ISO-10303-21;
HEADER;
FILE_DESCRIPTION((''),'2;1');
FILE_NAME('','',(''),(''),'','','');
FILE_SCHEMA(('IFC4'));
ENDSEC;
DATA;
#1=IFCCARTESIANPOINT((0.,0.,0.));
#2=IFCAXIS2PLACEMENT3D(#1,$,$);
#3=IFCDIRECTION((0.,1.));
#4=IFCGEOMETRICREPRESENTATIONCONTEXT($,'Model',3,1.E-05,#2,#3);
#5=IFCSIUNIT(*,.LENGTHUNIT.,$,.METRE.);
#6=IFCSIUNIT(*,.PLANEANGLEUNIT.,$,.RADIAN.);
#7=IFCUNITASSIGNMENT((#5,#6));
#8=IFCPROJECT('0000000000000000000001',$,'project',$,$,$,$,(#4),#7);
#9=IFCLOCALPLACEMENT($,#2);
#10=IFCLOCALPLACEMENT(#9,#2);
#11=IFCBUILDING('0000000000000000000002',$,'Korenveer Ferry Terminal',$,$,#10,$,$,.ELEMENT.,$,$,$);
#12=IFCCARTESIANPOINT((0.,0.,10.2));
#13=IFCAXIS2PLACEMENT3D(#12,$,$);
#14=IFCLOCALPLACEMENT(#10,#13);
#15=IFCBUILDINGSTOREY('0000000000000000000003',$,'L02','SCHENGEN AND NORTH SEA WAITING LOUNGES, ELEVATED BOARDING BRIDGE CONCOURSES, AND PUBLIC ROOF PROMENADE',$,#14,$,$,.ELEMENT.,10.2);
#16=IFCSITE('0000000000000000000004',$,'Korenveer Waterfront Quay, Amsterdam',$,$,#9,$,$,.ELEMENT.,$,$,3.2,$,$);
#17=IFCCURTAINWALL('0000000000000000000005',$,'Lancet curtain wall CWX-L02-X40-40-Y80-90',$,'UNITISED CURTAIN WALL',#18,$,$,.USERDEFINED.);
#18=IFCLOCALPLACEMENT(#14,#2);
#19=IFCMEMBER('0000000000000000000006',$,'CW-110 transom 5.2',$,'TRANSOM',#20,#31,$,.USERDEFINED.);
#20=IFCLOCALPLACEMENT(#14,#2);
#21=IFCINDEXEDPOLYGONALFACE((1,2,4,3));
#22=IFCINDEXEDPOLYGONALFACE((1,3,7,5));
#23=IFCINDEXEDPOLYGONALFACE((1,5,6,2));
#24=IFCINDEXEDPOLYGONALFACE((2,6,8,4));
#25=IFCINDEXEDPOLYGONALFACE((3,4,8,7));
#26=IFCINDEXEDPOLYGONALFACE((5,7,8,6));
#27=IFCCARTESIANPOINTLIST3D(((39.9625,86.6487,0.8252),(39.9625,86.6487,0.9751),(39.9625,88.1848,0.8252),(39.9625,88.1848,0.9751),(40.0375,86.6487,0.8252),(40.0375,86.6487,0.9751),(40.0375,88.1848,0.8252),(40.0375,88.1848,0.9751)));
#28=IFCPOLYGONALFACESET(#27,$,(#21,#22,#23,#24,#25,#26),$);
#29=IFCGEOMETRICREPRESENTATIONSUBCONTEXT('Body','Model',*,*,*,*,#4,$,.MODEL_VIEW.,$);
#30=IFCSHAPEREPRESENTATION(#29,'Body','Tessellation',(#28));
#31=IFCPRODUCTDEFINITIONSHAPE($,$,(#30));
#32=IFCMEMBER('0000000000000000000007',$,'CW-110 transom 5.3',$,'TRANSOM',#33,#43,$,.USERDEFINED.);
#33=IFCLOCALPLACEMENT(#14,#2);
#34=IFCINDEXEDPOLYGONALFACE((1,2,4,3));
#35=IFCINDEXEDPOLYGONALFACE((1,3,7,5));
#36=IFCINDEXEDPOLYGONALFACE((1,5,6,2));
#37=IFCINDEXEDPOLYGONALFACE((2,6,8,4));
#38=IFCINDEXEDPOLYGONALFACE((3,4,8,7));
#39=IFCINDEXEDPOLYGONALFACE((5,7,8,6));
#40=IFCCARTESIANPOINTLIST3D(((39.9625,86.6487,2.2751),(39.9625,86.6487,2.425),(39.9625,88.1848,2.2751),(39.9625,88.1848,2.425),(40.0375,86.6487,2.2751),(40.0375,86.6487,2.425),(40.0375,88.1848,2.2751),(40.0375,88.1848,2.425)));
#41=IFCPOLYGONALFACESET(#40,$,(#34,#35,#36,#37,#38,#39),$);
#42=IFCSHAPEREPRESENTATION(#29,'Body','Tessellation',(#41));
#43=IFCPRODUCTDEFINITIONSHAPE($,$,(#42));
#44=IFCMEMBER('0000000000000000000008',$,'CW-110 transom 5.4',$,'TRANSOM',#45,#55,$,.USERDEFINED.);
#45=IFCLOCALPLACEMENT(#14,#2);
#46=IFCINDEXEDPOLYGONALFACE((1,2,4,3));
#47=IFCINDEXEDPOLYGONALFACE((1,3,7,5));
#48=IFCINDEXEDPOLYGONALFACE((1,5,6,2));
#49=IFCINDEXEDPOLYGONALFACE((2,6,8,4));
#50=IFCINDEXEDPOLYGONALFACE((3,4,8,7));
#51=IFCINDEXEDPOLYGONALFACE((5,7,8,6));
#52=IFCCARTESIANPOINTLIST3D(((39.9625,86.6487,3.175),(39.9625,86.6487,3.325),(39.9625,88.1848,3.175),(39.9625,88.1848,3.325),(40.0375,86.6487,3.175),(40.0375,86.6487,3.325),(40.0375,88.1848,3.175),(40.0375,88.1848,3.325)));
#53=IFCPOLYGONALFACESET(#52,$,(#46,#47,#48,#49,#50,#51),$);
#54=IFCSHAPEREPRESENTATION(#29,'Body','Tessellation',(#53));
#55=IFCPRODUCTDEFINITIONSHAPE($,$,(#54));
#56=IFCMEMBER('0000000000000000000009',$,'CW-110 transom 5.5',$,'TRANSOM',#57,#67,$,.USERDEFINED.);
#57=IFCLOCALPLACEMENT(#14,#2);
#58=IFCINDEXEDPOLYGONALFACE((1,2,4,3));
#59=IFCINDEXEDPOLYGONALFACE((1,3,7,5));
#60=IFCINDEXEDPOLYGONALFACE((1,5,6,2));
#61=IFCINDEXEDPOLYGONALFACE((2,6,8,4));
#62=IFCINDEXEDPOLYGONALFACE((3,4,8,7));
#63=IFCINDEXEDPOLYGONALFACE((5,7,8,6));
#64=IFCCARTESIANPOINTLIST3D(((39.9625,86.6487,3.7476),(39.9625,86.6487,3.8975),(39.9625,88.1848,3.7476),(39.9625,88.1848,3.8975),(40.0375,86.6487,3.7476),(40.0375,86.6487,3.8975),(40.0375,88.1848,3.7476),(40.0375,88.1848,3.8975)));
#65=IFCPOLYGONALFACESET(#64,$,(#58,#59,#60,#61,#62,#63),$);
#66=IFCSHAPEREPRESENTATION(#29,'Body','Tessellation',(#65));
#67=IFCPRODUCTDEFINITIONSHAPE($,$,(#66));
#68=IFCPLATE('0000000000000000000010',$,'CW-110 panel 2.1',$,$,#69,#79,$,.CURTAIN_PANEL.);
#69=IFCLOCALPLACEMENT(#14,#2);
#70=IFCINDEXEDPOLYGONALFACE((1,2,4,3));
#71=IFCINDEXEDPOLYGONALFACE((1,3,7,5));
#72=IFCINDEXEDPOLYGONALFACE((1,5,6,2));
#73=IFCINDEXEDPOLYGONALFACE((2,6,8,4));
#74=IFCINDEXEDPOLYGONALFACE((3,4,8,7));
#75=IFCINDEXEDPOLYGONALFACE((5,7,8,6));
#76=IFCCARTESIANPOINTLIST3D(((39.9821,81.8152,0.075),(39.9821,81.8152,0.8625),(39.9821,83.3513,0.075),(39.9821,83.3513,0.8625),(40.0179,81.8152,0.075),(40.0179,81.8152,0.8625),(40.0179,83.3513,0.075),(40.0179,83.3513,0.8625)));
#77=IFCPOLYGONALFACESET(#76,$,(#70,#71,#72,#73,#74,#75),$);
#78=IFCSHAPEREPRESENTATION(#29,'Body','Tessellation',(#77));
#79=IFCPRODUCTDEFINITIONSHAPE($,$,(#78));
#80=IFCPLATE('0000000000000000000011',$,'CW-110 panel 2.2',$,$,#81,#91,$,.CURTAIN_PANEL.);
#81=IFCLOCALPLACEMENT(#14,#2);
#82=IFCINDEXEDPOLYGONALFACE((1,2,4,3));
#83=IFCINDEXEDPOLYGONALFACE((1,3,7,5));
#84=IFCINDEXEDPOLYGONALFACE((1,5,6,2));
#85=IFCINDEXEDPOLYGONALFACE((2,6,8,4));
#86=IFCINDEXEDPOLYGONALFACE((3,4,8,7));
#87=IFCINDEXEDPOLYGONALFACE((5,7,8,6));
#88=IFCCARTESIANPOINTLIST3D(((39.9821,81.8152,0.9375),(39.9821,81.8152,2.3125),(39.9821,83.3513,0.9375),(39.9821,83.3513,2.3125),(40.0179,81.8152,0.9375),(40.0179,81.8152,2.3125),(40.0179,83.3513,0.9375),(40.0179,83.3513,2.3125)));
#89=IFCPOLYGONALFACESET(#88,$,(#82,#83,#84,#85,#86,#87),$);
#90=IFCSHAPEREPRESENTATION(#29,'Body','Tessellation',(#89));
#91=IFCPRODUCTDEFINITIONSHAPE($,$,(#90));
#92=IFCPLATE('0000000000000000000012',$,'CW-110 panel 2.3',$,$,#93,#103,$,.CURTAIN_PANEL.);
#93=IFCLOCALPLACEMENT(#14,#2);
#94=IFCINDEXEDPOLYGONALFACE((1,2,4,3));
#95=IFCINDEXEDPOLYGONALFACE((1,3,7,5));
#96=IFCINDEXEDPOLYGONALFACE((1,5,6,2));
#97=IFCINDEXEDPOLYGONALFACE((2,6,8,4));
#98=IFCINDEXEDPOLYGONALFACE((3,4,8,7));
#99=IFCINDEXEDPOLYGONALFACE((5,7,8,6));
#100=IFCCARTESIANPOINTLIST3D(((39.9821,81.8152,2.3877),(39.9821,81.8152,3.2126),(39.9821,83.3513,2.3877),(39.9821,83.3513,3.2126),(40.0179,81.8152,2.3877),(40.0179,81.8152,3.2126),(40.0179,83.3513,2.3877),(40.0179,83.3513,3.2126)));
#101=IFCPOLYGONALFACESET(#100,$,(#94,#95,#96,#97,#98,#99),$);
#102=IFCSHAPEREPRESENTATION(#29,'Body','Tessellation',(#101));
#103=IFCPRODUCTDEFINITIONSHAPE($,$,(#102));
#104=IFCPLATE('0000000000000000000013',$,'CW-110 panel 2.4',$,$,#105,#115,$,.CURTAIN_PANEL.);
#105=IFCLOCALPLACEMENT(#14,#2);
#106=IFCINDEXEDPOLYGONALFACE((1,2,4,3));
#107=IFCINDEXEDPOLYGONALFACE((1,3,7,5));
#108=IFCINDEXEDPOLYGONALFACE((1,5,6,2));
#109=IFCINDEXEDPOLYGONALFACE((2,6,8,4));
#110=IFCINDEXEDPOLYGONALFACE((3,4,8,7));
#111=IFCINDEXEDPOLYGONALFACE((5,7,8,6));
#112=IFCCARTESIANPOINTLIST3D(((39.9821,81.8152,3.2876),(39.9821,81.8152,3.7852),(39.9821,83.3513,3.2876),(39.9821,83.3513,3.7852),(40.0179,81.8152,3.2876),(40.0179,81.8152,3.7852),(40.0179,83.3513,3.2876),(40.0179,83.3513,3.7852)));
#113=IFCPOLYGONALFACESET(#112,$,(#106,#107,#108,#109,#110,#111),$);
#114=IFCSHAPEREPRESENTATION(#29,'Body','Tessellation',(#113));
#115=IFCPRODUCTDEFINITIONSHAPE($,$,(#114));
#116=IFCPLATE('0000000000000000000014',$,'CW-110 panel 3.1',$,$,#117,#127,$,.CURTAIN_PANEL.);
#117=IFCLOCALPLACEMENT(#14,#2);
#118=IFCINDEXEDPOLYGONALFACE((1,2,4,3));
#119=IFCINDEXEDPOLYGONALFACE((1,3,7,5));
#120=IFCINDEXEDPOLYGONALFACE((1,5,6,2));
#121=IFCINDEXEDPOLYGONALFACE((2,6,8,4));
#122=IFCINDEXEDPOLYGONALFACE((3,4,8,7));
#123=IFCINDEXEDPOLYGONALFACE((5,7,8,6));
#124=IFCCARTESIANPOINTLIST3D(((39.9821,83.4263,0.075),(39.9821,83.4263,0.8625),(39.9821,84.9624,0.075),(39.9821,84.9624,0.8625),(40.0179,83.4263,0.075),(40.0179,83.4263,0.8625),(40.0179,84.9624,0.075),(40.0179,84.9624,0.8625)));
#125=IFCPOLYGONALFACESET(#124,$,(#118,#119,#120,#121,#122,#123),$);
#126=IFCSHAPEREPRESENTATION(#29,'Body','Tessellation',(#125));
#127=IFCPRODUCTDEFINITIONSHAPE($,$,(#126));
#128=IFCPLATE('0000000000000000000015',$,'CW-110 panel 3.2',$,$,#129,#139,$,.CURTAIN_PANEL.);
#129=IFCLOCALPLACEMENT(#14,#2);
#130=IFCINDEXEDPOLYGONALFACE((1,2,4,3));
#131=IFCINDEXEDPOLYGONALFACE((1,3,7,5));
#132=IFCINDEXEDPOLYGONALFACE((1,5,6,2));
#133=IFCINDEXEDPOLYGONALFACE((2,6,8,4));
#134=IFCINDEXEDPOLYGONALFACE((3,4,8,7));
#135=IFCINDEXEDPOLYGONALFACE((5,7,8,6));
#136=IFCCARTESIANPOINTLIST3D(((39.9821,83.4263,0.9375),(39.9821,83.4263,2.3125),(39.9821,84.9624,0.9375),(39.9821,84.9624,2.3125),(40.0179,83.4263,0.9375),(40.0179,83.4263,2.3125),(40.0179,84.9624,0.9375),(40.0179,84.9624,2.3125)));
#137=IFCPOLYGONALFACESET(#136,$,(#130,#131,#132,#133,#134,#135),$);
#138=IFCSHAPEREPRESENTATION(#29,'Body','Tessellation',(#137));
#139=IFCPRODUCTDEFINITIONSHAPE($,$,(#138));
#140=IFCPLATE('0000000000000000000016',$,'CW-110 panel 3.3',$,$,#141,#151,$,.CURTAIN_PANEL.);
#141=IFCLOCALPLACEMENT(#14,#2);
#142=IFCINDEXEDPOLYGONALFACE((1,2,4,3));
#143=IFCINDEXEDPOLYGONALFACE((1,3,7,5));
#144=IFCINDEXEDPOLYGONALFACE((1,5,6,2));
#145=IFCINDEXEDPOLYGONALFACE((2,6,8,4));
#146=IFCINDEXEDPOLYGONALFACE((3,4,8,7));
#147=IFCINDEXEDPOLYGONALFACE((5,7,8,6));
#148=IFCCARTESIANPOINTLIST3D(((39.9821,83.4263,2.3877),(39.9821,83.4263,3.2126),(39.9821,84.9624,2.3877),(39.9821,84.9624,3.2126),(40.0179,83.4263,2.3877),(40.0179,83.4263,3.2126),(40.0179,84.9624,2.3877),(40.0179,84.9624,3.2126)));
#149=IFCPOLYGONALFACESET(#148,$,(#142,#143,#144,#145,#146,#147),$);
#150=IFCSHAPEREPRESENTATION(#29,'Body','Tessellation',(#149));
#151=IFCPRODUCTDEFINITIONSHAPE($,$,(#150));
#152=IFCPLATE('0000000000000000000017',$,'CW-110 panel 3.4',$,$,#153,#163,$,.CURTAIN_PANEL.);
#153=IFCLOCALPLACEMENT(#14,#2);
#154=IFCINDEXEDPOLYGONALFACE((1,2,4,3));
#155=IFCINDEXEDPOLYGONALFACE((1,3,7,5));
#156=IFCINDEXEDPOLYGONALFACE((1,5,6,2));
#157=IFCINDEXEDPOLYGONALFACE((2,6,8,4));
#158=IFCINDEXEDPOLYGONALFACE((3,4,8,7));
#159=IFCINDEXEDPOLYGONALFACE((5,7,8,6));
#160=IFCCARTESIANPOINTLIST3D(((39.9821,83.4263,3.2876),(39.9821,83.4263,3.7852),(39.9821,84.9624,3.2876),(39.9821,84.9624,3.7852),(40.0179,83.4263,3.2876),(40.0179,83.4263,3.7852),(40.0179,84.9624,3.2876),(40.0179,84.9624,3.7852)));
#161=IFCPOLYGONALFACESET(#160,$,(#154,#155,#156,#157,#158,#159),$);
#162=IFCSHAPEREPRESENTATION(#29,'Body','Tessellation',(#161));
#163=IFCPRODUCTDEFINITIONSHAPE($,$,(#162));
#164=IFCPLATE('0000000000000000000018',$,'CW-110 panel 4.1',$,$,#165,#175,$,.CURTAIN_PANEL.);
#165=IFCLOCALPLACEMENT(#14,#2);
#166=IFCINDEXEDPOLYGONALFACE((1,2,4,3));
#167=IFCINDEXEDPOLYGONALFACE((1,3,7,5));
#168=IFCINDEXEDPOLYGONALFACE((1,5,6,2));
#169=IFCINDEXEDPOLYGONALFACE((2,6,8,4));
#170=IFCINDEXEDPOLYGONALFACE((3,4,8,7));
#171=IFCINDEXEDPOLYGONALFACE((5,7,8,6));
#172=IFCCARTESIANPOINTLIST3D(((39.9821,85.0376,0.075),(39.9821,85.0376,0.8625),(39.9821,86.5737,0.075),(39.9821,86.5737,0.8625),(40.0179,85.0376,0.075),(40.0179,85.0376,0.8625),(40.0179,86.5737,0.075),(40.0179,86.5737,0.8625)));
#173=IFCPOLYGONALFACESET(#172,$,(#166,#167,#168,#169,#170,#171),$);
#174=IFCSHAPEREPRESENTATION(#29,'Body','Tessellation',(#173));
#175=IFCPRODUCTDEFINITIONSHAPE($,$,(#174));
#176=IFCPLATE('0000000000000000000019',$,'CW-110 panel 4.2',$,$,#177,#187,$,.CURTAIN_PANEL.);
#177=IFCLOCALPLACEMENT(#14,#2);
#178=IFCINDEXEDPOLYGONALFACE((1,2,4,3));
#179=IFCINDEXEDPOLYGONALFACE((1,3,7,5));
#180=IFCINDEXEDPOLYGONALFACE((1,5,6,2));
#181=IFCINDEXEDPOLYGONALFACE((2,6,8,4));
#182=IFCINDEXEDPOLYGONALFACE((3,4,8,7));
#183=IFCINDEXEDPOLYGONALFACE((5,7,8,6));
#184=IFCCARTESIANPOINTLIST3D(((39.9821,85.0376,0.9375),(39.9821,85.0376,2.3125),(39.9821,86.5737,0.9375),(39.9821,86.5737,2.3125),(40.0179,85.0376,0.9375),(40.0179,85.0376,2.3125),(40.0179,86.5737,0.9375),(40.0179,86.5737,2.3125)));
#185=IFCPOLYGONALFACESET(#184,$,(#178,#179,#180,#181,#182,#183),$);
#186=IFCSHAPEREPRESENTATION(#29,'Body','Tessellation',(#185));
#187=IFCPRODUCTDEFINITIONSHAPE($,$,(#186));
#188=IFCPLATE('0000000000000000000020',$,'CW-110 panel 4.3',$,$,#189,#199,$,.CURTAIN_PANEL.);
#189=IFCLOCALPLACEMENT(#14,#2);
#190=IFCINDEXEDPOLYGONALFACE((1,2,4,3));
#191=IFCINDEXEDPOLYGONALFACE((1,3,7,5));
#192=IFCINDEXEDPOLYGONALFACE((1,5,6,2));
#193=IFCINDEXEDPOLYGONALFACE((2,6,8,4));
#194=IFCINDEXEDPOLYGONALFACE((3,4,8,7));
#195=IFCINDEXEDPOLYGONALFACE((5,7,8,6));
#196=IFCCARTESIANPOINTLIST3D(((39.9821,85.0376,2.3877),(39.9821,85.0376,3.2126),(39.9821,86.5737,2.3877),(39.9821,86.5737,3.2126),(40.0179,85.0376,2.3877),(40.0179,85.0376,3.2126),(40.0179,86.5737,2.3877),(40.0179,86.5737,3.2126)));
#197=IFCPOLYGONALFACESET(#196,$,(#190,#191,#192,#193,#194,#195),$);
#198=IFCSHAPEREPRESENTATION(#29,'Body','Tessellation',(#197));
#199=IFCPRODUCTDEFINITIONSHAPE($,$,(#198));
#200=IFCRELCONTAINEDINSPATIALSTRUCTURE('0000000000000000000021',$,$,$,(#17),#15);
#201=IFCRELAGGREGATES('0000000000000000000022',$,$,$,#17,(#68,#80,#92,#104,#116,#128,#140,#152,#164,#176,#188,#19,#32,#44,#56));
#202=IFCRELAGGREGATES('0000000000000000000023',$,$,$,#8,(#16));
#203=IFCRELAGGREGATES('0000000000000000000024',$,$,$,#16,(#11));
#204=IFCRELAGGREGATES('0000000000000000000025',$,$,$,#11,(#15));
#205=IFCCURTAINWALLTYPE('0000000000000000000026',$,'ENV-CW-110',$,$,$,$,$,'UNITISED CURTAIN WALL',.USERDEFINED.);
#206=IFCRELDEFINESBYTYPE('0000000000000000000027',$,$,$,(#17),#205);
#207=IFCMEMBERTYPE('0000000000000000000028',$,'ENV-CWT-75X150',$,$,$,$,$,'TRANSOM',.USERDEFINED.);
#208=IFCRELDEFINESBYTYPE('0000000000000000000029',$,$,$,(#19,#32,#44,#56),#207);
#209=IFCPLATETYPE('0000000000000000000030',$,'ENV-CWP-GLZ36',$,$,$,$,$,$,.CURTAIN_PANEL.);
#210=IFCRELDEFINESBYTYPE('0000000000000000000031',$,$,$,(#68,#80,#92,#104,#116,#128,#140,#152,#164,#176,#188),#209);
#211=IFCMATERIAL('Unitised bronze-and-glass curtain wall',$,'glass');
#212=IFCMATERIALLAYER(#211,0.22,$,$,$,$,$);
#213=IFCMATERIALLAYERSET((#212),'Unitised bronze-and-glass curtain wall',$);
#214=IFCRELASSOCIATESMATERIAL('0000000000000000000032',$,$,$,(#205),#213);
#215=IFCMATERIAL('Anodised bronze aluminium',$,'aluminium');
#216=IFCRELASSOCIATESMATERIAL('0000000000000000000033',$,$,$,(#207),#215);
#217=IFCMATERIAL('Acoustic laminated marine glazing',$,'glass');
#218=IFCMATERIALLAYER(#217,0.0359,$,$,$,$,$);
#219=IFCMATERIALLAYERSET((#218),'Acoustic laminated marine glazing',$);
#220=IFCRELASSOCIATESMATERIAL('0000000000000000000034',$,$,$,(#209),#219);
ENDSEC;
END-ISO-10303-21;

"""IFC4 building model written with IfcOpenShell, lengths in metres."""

from ifc_helpers import new_model, si_unit, direction, frame, origin, origin_2d, place, context, subcontext, project, spatial, rectangle, extrude, material, layer, layer_set, material_profile, profile_set, type_object, element, aggregate, save


model = new_model("IFC4")

# Units and contexts
model_context = context("Model", 3, precision=1e-05, world=origin(), true_north=direction((0.0, 1.0)))
body_context = subcontext(model_context, "Body", "Model", "MODEL_VIEW")
ifc_project = project(units=[si_unit("LENGTHUNIT", "METRE"), si_unit("PLANEANGLEUNIT", "RADIAN")], contexts=[model_context])

# Site, building, storey
site_placement = place(None, origin())
site = spatial("IfcSite", under=ifc_project, at=site_placement, Name="Korenveer Waterfront Quay, Amsterdam", CompositionType="ELEMENT", RefElevation=3.2)
building_placement = place(site_placement, origin())
building = spatial("IfcBuilding", under=site, at=building_placement, Name="Korenveer Ferry Terminal", CompositionType="ELEMENT")
storey_placement = place(building_placement, frame((0.0, 0.0, 10.2)))
storey = spatial("IfcBuildingStorey", under=building, at=storey_placement, Name="L02", Description="SCHENGEN AND NORTH SEA WAITING LOUNGES, ELEVATED BOARDING BRIDGE CONCOURSES, AND PUBLIC ROOF PROMENADE", CompositionType="ELEMENT", Elevation=10.2)

# Curtain wall, members, plates
ifc_material_1 = material(Name="Unitised bronze-and-glass curtain wall", Category="glass")
ifc_layer_1 = layer(ifc_material_1, 0.22)
ifc_layer_set_1 = layer_set([ifc_layer_1], Name="Unitised bronze-and-glass curtain wall")
curtain_wall_type = type_object("IfcCurtainWallType", Name="ENV-CW-110", ElementType="UNITISED CURTAIN WALL", PredefinedType="USERDEFINED", material=ifc_layer_set_1)
curtain_wall_placement = place(storey_placement, frame((40.0, 80.1665, 0.0)))
curtain_wall = element("IfcCurtainWall", 1, at=curtain_wall_placement, inside=storey, type_object=curtain_wall_type, Name="Lancet curtain wall CWX-L02-X40-40-Y80-90", ObjectType="UNITISED CURTAIN WALL", PredefinedType="USERDEFINED")
ifc_material_2 = material(Name="Anodised bronze aluminium", Category="aluminium")
ifc_material_profile_1 = material_profile(ifc_material_2, rectangle(XDim=0.075, YDim=0.1499, at=origin_2d()), Name="ALU 75x150")
ifc_profile_set_1 = profile_set([ifc_material_profile_1], Name="Anodised bronze aluminium")
member_type_1 = type_object("IfcMemberType", Name="ENV-CWT-75X150", ElementType="TRANSOM", PredefinedType="USERDEFINED", material=ifc_profile_set_1)
member_1_placement = place(storey_placement, frame((40.0, 86.6487, 0.9001), z_axis=(0.0, 1.0, 0.0), x_axis=(-1.0, 0.0, 0.0)))
member_1 = element("IfcMember", 2, at=member_1_placement, type_object=member_type_1, Name="CW-110 transom 5.2", ObjectType="TRANSOM", PredefinedType="USERDEFINED", context=body_context, shape_type="SweptSolid", body=[
    extrude(rectangle(XDim=0.075, YDim=0.1499, at=origin_2d()), origin(), (0.0, 0.0, 1.0), 1.5361),
])
member_2_placement = place(storey_placement, frame((40.0, 86.6487, 2.3501), z_axis=(0.0, 1.0, 0.0), x_axis=(-1.0, 0.0, 0.0)))
member_2 = element("IfcMember", 3, at=member_2_placement, type_object=member_type_1, Name="CW-110 transom 5.3", ObjectType="TRANSOM", PredefinedType="USERDEFINED", context=body_context, shape_type="SweptSolid", body=[
    extrude(rectangle(XDim=0.075, YDim=0.1499, at=origin_2d()), origin(), (0.0, 0.0, 1.0), 1.5361),
])
member_3_placement = place(storey_placement, frame((40.0, 86.6487, 3.25), z_axis=(0.0, 1.0, 0.0), x_axis=(-1.0, 0.0, 0.0)))
member_3 = element("IfcMember", 4, at=member_3_placement, type_object=member_type_1, Name="CW-110 transom 5.4", ObjectType="TRANSOM", PredefinedType="USERDEFINED", context=body_context, shape_type="SweptSolid", body=[
    extrude(rectangle(XDim=0.075, YDim=0.1499, at=origin_2d()), origin(), (0.0, 0.0, 1.0), 1.5361),
])
member_4_placement = place(storey_placement, frame((40.0, 86.6487, 3.8225), z_axis=(0.0, 1.0, 0.0), x_axis=(-1.0, 0.0, 0.0)))
member_4 = element("IfcMember", 5, at=member_4_placement, type_object=member_type_1, Name="CW-110 transom 5.5", ObjectType="TRANSOM", PredefinedType="USERDEFINED", context=body_context, shape_type="SweptSolid", body=[
    extrude(rectangle(XDim=0.075, YDim=0.1499, at=origin_2d()), origin(), (0.0, 0.0, 1.0), 1.5361),
])
ifc_material_3 = material(Name="Acoustic laminated marine glazing", Category="glass")
ifc_layer_2 = layer(ifc_material_3, 0.0359)
ifc_layer_set_2 = layer_set([ifc_layer_2], Name="Acoustic laminated marine glazing")
plate_type = type_object("IfcPlateType", Name="ENV-CWP-GLZ36", PredefinedType="CURTAIN_PANEL", material=ifc_layer_set_2)
plate_1_placement = place(storey_placement, frame((40.0, 82.5833, 0.075), z_axis=(0.0, 0.0, 1.0), x_axis=(0.0, 1.0, 0.0)))
plate_1 = element("IfcPlate", 6, at=plate_1_placement, type_object=plate_type, Name="CW-110 panel 2.1", PredefinedType="CURTAIN_PANEL", context=body_context, shape_type="SweptSolid", body=[
    extrude(rectangle(XDim=1.5361, YDim=0.0359, at=origin_2d()), origin(), (0.0, 0.0, 1.0), 0.7876),
])
plate_2_placement = place(storey_placement, frame((40.0, 82.5833, 0.9375), z_axis=(0.0, 0.0, 1.0), x_axis=(0.0, 1.0, 0.0)))
plate_2 = element("IfcPlate", 7, at=plate_2_placement, type_object=plate_type, Name="CW-110 panel 2.2", PredefinedType="CURTAIN_PANEL", context=body_context, shape_type="SweptSolid", body=[
    extrude(rectangle(XDim=1.5361, YDim=0.0359, at=origin_2d()), origin(), (0.0, 0.0, 1.0), 1.375),
])
plate_3_placement = place(storey_placement, frame((40.0, 82.5833, 2.3877), z_axis=(0.0, 0.0, 1.0), x_axis=(0.0, 1.0, 0.0)))
plate_3 = element("IfcPlate", 8, at=plate_3_placement, type_object=plate_type, Name="CW-110 panel 2.3", PredefinedType="CURTAIN_PANEL", context=body_context, shape_type="SweptSolid", body=[
    extrude(rectangle(XDim=1.5361, YDim=0.0359, at=origin_2d()), origin(), (0.0, 0.0, 1.0), 0.825),
])
plate_4_placement = place(storey_placement, frame((40.0, 82.5833, 3.2876), z_axis=(0.0, 0.0, 1.0), x_axis=(0.0, 1.0, 0.0)))
plate_4 = element("IfcPlate", 9, at=plate_4_placement, type_object=plate_type, Name="CW-110 panel 2.4", PredefinedType="CURTAIN_PANEL", context=body_context, shape_type="SweptSolid", body=[
    extrude(rectangle(XDim=1.5361, YDim=0.0359, at=origin_2d()), origin(), (0.0, 0.0, 1.0), 0.4976),
])
plate_5_placement = place(storey_placement, frame((40.0, 84.1943, 0.075), z_axis=(0.0, 0.0, 1.0), x_axis=(0.0, 1.0, 0.0)))
plate_5 = element("IfcPlate", 10, at=plate_5_placement, type_object=plate_type, Name="CW-110 panel 3.1", PredefinedType="CURTAIN_PANEL", context=body_context, shape_type="SweptSolid", body=[
    extrude(rectangle(XDim=1.5361, YDim=0.0359, at=origin_2d()), origin(), (0.0, 0.0, 1.0), 0.7876),
])
plate_6_placement = place(storey_placement, frame((40.0, 84.1943, 0.9375), z_axis=(0.0, 0.0, 1.0), x_axis=(0.0, 1.0, 0.0)))
plate_6 = element("IfcPlate", 11, at=plate_6_placement, type_object=plate_type, Name="CW-110 panel 3.2", PredefinedType="CURTAIN_PANEL", context=body_context, shape_type="SweptSolid", body=[
    extrude(rectangle(XDim=1.5361, YDim=0.0359, at=origin_2d()), origin(), (0.0, 0.0, 1.0), 1.375),
])
plate_7_placement = place(storey_placement, frame((40.0, 84.1943, 2.3877), z_axis=(0.0, 0.0, 1.0), x_axis=(0.0, 1.0, 0.0)))
plate_7 = element("IfcPlate", 12, at=plate_7_placement, type_object=plate_type, Name="CW-110 panel 3.3", PredefinedType="CURTAIN_PANEL", context=body_context, shape_type="SweptSolid", body=[
    extrude(rectangle(XDim=1.5361, YDim=0.0359, at=origin_2d()), origin(), (0.0, 0.0, 1.0), 0.825),
])
plate_8_placement = place(storey_placement, frame((40.0, 84.1943, 3.2876), z_axis=(0.0, 0.0, 1.0), x_axis=(0.0, 1.0, 0.0)))
plate_8 = element("IfcPlate", 13, at=plate_8_placement, type_object=plate_type, Name="CW-110 panel 3.4", PredefinedType="CURTAIN_PANEL", context=body_context, shape_type="SweptSolid", body=[
    extrude(rectangle(XDim=1.5361, YDim=0.0359, at=origin_2d()), origin(), (0.0, 0.0, 1.0), 0.4976),
])
plate_9_placement = place(storey_placement, frame((40.0, 85.8057, 0.075), z_axis=(0.0, 0.0, 1.0), x_axis=(0.0, 1.0, 0.0)))
plate_9 = element("IfcPlate", 14, at=plate_9_placement, type_object=plate_type, Name="CW-110 panel 4.1", PredefinedType="CURTAIN_PANEL", context=body_context, shape_type="SweptSolid", body=[
    extrude(rectangle(XDim=1.5361, YDim=0.0359, at=origin_2d()), origin(), (0.0, 0.0, 1.0), 0.7876),
])
plate_10_placement = place(storey_placement, frame((40.0, 85.8057, 0.9375), z_axis=(0.0, 0.0, 1.0), x_axis=(0.0, 1.0, 0.0)))
plate_10 = element("IfcPlate", 15, at=plate_10_placement, type_object=plate_type, Name="CW-110 panel 4.2", PredefinedType="CURTAIN_PANEL", context=body_context, shape_type="SweptSolid", body=[
    extrude(rectangle(XDim=1.5361, YDim=0.0359, at=origin_2d()), origin(), (0.0, 0.0, 1.0), 1.375),
])
plate_11_placement = place(storey_placement, frame((40.0, 85.8057, 2.3877), z_axis=(0.0, 0.0, 1.0), x_axis=(0.0, 1.0, 0.0)))
plate_11 = element("IfcPlate", 16, at=plate_11_placement, type_object=plate_type, Name="CW-110 panel 4.3", PredefinedType="CURTAIN_PANEL", context=body_context, shape_type="SweptSolid", body=[
    extrude(rectangle(XDim=1.5361, YDim=0.0359, at=origin_2d()), origin(), (0.0, 0.0, 1.0), 0.825),
])
aggregate(curtain_wall, [plate_1, plate_2, plate_3, plate_4, plate_5, plate_6, plate_7, plate_8, plate_9, plate_10, plate_11, member_1, member_2, member_3, member_4])

save(model, "model.ifc")
